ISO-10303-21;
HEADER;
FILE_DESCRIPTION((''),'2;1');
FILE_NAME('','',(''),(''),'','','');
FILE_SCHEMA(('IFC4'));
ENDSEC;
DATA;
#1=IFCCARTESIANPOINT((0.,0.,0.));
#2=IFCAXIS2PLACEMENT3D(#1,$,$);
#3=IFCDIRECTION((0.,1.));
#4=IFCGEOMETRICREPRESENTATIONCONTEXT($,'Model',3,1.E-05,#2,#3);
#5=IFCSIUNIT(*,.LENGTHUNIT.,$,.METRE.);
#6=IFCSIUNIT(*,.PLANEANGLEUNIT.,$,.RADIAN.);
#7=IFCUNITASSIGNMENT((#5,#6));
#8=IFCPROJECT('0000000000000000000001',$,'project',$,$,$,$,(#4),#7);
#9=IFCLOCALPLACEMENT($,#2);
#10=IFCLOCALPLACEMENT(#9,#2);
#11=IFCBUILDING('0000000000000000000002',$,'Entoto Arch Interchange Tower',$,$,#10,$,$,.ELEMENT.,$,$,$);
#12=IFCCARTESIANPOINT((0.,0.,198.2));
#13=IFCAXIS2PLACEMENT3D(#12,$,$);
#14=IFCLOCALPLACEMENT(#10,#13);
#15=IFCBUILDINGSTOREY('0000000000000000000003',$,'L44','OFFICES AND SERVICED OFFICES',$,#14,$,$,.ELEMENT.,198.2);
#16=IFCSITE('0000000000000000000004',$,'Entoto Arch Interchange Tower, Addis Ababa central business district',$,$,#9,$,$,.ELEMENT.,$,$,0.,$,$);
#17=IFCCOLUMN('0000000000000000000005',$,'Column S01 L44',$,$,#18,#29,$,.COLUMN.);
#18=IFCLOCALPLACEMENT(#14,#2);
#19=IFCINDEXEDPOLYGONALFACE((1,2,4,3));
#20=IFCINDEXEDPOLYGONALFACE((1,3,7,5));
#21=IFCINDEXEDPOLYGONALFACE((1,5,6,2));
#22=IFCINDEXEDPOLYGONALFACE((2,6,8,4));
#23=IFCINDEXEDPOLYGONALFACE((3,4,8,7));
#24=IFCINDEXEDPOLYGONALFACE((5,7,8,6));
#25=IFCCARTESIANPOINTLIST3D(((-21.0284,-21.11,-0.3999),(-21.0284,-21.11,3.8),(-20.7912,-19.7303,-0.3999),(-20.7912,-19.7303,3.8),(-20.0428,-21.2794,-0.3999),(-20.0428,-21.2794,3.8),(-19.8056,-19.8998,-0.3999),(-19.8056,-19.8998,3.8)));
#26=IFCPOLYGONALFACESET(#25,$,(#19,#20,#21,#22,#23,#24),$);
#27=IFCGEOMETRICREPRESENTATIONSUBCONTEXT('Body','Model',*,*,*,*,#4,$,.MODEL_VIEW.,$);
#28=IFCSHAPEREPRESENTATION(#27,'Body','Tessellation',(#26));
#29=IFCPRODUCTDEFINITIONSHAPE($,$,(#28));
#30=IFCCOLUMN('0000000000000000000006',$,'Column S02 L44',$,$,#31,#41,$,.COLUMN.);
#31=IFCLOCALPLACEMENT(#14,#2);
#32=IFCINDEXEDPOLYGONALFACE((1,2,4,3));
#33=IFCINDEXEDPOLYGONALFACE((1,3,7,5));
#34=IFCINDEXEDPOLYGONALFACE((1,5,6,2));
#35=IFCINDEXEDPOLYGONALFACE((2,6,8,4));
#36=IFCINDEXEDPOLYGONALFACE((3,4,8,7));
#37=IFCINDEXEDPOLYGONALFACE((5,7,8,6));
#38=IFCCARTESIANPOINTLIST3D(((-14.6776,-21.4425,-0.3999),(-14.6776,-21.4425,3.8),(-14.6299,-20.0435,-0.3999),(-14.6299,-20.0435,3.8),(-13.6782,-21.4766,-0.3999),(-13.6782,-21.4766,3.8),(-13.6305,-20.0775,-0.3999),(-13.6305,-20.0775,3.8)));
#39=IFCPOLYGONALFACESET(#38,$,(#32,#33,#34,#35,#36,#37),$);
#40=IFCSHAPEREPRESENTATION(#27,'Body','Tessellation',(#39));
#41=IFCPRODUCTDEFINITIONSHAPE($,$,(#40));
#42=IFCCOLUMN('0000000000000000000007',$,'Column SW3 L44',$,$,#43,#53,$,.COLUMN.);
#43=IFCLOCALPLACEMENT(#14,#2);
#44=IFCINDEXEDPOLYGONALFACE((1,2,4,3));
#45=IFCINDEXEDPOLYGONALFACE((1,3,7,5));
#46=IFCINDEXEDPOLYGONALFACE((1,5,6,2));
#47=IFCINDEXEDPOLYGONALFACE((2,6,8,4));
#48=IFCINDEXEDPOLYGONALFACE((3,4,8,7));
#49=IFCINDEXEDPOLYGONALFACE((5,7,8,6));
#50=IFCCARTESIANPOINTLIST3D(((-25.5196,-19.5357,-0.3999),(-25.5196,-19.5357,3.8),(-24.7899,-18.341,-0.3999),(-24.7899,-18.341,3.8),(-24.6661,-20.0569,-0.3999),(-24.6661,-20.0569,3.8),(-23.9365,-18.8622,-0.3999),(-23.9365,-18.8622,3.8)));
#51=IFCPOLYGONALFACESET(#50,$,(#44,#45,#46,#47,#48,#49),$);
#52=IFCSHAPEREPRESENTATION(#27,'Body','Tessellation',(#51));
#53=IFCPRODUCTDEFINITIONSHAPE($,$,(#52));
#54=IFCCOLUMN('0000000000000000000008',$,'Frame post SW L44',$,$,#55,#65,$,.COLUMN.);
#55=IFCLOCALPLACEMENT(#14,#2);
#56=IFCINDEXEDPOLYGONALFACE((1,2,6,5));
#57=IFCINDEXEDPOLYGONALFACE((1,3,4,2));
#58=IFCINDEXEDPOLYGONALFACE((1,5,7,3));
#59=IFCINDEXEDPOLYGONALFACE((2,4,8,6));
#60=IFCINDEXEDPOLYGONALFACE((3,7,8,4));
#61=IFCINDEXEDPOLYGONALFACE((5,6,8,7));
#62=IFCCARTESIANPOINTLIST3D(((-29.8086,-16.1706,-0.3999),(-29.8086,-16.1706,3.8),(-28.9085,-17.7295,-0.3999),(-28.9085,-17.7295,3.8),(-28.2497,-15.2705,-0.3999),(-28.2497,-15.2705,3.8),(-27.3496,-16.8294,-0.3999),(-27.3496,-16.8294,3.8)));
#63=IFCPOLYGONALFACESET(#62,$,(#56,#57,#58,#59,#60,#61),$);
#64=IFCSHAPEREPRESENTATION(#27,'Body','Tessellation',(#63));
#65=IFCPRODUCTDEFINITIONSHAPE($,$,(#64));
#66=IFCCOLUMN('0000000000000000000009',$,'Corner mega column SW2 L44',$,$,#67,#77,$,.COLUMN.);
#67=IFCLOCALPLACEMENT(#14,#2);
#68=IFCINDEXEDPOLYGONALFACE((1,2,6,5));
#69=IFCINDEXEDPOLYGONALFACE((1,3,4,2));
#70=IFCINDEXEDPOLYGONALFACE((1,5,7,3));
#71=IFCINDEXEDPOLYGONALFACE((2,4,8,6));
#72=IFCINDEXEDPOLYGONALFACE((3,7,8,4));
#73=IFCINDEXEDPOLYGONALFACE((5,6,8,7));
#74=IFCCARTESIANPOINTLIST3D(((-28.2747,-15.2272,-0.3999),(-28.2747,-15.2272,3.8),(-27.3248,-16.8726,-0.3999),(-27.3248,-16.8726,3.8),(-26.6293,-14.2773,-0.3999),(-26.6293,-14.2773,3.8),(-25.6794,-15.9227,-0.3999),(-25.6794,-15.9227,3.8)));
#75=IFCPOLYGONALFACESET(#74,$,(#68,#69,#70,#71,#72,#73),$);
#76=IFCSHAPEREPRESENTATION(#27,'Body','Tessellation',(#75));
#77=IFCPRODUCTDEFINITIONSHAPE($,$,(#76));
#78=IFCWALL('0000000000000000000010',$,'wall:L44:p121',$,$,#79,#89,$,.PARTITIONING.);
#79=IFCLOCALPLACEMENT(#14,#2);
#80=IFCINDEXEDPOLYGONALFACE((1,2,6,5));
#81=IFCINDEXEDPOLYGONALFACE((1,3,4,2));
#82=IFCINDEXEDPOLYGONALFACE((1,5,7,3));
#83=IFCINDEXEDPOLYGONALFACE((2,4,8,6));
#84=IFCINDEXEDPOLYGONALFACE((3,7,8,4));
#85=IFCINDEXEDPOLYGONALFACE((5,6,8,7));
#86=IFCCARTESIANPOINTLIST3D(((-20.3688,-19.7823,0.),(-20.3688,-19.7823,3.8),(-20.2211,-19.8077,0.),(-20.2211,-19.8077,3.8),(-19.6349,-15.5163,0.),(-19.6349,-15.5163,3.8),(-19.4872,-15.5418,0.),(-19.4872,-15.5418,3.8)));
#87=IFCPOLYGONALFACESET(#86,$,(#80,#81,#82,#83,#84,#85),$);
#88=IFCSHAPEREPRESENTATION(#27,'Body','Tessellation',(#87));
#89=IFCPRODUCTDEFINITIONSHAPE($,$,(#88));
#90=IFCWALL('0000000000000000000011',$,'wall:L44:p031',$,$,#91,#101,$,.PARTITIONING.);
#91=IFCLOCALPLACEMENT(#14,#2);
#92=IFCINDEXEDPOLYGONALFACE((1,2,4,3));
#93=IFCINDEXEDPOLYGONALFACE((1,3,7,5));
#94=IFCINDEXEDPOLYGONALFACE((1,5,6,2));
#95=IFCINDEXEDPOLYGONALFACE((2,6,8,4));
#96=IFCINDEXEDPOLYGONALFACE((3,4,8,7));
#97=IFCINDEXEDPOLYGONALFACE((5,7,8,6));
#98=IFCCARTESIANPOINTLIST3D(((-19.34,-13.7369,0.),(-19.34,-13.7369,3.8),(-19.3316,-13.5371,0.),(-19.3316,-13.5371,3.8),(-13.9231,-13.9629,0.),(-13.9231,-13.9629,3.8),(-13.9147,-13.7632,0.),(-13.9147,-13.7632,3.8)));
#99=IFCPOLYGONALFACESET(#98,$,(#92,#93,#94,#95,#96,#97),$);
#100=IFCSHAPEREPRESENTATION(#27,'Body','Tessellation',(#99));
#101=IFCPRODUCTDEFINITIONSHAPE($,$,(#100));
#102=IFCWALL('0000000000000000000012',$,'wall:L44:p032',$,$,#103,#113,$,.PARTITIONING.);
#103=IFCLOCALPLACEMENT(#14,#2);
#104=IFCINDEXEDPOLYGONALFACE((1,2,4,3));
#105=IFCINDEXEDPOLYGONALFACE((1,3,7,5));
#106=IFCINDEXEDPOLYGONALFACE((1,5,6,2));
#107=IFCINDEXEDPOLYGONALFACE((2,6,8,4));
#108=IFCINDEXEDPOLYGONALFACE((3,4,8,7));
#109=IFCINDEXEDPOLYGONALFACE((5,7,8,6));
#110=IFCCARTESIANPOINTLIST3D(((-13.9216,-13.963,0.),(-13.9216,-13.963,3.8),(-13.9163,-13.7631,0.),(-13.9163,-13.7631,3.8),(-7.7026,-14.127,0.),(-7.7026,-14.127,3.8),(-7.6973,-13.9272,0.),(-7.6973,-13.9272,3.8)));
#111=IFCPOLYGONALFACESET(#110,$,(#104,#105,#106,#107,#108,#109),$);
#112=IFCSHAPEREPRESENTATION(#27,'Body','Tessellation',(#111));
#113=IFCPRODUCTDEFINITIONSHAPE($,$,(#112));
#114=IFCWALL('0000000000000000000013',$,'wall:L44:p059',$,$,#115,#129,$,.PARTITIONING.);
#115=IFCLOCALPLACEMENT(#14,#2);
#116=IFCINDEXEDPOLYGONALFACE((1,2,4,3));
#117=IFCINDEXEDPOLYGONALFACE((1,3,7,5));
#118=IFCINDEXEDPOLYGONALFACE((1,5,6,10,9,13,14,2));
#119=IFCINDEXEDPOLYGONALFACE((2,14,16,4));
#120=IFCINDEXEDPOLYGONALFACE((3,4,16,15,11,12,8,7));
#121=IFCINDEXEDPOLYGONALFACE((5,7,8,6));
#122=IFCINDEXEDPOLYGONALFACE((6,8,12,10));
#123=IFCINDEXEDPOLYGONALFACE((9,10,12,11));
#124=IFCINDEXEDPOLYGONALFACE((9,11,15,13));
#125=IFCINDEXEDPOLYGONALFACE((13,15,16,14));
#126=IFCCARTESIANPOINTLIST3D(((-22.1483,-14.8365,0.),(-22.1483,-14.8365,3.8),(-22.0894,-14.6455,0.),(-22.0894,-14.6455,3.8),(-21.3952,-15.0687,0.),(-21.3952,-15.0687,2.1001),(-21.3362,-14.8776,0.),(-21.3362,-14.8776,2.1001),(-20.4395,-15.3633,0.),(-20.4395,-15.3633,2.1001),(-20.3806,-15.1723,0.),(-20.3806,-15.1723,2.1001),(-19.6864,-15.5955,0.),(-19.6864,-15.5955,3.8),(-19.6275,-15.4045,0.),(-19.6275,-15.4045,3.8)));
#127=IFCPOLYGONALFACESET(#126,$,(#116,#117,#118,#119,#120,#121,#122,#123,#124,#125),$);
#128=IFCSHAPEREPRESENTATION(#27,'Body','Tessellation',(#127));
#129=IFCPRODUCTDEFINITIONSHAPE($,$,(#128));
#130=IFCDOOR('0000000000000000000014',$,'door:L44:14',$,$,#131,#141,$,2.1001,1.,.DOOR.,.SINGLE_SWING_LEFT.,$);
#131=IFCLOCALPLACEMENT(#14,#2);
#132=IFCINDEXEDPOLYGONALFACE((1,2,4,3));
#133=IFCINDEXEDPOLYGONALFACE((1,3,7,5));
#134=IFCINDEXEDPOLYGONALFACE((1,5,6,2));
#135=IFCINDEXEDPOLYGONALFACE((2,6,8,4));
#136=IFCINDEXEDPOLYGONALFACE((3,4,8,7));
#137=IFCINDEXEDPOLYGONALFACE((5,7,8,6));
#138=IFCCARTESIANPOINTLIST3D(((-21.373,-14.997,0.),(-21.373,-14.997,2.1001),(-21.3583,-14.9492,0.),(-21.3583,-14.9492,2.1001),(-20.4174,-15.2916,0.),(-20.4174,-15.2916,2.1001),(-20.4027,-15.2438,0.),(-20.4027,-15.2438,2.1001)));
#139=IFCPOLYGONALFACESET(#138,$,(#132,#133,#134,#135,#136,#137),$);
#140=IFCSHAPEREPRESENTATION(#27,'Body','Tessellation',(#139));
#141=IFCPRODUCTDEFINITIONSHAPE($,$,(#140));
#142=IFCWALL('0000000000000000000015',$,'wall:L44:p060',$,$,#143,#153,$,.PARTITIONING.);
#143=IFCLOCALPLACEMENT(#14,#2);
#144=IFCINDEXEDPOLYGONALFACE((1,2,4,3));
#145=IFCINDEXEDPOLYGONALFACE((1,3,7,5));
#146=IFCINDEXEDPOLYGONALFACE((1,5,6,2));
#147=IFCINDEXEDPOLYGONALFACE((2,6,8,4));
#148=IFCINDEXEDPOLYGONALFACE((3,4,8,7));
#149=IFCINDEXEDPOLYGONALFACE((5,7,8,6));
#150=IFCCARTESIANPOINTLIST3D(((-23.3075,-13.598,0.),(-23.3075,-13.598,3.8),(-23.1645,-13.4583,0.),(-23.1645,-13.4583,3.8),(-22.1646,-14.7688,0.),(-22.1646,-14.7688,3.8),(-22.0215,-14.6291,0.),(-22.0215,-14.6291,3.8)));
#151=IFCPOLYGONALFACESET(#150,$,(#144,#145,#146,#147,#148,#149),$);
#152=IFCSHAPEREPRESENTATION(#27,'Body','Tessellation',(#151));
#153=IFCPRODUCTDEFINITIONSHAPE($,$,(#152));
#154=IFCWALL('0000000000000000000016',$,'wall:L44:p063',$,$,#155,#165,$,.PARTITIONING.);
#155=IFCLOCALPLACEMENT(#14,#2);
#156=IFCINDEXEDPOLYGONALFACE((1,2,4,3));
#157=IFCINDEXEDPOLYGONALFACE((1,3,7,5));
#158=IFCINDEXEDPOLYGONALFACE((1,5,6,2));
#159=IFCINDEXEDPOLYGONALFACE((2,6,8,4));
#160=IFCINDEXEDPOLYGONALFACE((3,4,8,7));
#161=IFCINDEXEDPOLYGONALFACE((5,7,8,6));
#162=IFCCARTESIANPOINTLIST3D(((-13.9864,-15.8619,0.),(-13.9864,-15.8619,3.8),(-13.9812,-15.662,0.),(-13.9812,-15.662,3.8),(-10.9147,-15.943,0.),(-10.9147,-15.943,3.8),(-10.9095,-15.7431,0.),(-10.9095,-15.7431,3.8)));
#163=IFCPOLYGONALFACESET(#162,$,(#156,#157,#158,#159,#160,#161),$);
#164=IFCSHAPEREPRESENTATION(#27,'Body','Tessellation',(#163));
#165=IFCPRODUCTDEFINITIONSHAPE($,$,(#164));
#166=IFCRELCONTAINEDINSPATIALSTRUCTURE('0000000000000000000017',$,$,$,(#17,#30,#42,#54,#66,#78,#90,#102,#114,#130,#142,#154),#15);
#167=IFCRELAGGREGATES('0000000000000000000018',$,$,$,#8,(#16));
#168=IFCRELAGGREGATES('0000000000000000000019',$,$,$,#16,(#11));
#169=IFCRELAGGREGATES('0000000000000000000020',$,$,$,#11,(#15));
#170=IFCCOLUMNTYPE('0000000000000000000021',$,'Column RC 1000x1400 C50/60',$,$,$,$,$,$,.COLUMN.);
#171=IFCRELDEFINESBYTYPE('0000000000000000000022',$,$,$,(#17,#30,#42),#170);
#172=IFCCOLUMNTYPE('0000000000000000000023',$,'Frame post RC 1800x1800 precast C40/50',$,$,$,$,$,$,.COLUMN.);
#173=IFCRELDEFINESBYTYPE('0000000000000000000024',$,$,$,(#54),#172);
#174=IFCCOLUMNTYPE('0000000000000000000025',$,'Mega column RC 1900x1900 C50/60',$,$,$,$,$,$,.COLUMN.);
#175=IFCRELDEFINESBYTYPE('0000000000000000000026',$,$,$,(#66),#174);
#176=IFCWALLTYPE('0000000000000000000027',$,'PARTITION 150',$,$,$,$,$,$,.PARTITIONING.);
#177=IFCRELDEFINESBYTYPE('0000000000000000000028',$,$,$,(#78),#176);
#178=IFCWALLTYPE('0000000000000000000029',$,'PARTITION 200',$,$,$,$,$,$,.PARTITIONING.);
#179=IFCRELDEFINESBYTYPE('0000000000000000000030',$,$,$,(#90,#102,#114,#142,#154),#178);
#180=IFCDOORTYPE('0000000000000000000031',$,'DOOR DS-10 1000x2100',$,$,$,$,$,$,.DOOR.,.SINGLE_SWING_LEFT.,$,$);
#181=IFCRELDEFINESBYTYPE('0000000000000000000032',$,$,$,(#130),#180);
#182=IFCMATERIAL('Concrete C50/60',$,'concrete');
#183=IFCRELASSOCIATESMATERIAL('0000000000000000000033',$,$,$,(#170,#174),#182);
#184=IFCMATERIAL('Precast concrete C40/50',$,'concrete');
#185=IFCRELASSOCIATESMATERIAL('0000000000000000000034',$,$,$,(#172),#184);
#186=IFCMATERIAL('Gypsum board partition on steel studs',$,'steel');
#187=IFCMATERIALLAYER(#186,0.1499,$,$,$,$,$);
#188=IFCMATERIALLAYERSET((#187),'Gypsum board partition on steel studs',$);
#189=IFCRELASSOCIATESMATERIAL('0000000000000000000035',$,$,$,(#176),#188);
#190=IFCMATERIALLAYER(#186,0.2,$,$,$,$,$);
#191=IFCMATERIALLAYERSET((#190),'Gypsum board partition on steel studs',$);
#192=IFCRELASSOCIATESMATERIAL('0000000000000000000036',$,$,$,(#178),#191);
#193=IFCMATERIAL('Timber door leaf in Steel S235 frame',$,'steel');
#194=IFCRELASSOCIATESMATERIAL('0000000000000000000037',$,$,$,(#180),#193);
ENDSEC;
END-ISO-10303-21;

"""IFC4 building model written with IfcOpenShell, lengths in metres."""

from ifc_helpers import new_model, si_unit, direction, frame, frame_2d, origin, origin_2d, place, context, subcontext, project, spatial, rectangle, extrude, material, layer, layer_set, material_profile, profile_set, type_object, element, fill, save


model = new_model("IFC4")

# Units and contexts
model_context = context("Model", 3, precision=1e-05, world=origin(), true_north=direction((0.0, 1.0)))
body_context = subcontext(model_context, "Body", "Model", "MODEL_VIEW")
ifc_project = project(units=[si_unit("LENGTHUNIT", "METRE"), si_unit("PLANEANGLEUNIT", "RADIAN")], contexts=[model_context])

# Site, building, storey
site_placement = place(None, origin())
site = spatial("IfcSite", under=ifc_project, at=site_placement, Name="Entoto Arch Interchange Tower, Addis Ababa central business district", CompositionType="ELEMENT", RefElevation=0.0)
building_placement = place(site_placement, origin())
building = spatial("IfcBuilding", under=site, at=building_placement, Name="Entoto Arch Interchange Tower", CompositionType="ELEMENT")
storey_placement = place(building_placement, frame((0.0, 0.0, 198.2)))
storey = spatial("IfcBuildingStorey", under=building, at=storey_placement, Name="L44", Description="OFFICES AND SERVICED OFFICES", CompositionType="ELEMENT", Elevation=198.2)

# Columns
ifc_material_1 = material(Name="Concrete C50/60", Category="concrete")
ifc_material_profile_1 = material_profile(ifc_material_1, rectangle(XDim=1.0, YDim=1.3999, at=origin_2d()))
ifc_profile_set_1 = profile_set([ifc_material_profile_1], Name="Concrete C50/60")
column_type_1 = type_object("IfcColumnType", Name="Column RC 1000x1400 C50/60", PredefinedType="COLUMN", material=ifc_profile_set_1)
for number, where, z_axis, x_axis, name in (
    (1, (-20.417, -20.5049, -0.3999), (0.0, 0.0, 1.0), (-0.985541, 0.169436, 0.0), "Column S01 L44"),
    (2, (-14.1541, -20.76, -0.3999), (0.0, 0.0, 1.0), (-0.999421, 0.034027, 0.0), "Column S02 L44"),
    (3, (-24.728, -19.199, -0.3999), (0.0, 0.0, 1.0), (-0.853423, 0.521218, 0.0), "Column SW3 L44"),
):
    element("IfcColumn", number, at=place(storey_placement, frame(where, z_axis=z_axis, x_axis=x_axis)), inside=storey, type_object=column_type_1, Name=name, PredefinedType="COLUMN", context=body_context, shape_type="SweptSolid", body=[
        extrude(rectangle(XDim=1.0, YDim=1.3999, at=origin_2d()), origin(), (0.0, 0.0, 1.0), 4.2),
    ])
ifc_material_2 = material(Name="Precast concrete C40/50", Category="concrete")
ifc_material_profile_2 = material_profile(ifc_material_2, rectangle(XDim=1.8, YDim=1.8, at=origin_2d()))
ifc_profile_set_2 = profile_set([ifc_material_profile_2], Name="Precast concrete C40/50")
column_type_2 = type_object("IfcColumnType", Name="Frame post RC 1800x1800 precast C40/50", PredefinedType="COLUMN", material=ifc_profile_set_2)
column_1_placement = place(storey_placement, frame((-28.5791, -16.5, -0.3999), z_axis=(0.0, 0.0, 1.0), x_axis=(0.866025, 0.5, 0.0)))
element("IfcColumn", 4, at=column_1_placement, inside=storey, type_object=column_type_2, Name="Frame post SW L44", PredefinedType="COLUMN", context=body_context, shape_type="SweptSolid", body=[
    extrude(rectangle(XDim=1.8, YDim=1.8, at=origin_2d()), origin(), (0.0, 0.0, 1.0), 4.2),
])
ifc_material_profile_3 = material_profile(ifc_material_1, rectangle(XDim=1.8999, YDim=1.8999, at=origin_2d()))
ifc_profile_set_3 = profile_set([ifc_material_profile_3], Name="Concrete C50/60")
column_type_3 = type_object("IfcColumnType", Name="Mega column RC 1900x1900 C50/60", PredefinedType="COLUMN", material=ifc_profile_set_3)
column_2_placement = place(storey_placement, frame((-26.9771, -15.575, -0.3999), z_axis=(0.0, 0.0, 1.0), x_axis=(0.866025, 0.5, 0.0)))
element("IfcColumn", 5, at=column_2_placement, inside=storey, type_object=column_type_3, Name="Corner mega column SW2 L44", PredefinedType="COLUMN", context=body_context, shape_type="SweptSolid", body=[
    extrude(rectangle(XDim=1.8999, YDim=1.8999, at=origin_2d()), origin(), (0.0, 0.0, 1.0), 4.2),
])

# Walls
ifc_material_3 = material(Name="Gypsum board partition on steel studs", Category="steel")
ifc_layer_1 = layer(ifc_material_3, 0.1499)
ifc_layer_set_1 = layer_set([ifc_layer_1], Name="Gypsum board partition on steel studs")
wall_type_1 = type_object("IfcWallType", Name="PARTITION 150", PredefinedType="PARTITIONING", material=ifc_layer_set_1)
wall_1_placement = place(storey_placement, frame((-19.561, -15.5291, 0.0), z_axis=(0.0, 0.0, 1.0), x_axis=(-0.169546, -0.985522, 0.0)))
element("IfcWall", 6, at=wall_1_placement, inside=storey, type_object=wall_type_1, Name="wall:L44:p121", PredefinedType="PARTITIONING", context=body_context, shape_type="SweptSolid", body=[
    extrude(rectangle(XDim=4.3286, YDim=0.1499, at=frame_2d((2.1643, 0.0))), origin(), (0.0, 0.0, 1.0), 3.8),
])
ifc_layer_2 = layer(ifc_material_3, 0.2)
ifc_layer_set_2 = layer_set([ifc_layer_2], Name="Gypsum board partition on steel studs")
wall_type_2 = type_object("IfcWallType", Name="PARTITION 200", PredefinedType="PARTITIONING", material=ifc_layer_set_2)
wall_2_placement = place(storey_placement, frame((-19.3359, -13.637, 0.0), z_axis=(0.0, 0.0, 1.0), x_axis=(0.99913, -0.041698, 0.0)))
element("IfcWall", 7, at=wall_2_placement, inside=storey, type_object=wall_type_2, Name="wall:L44:p031", PredefinedType="PARTITIONING", context=body_context, shape_type="SweptSolid", body=[
    extrude(rectangle(XDim=5.4216, YDim=0.2, at=frame_2d((2.7109, 0.0))), origin(), (0.0, 0.0, 1.0), 3.8),
])
wall_3_placement = place(storey_placement, frame((-13.9189, -13.863, 0.0), z_axis=(0.0, 0.0, 1.0), x_axis=(0.999652, -0.026372, 0.0)))
element("IfcWall", 8, at=wall_3_placement, inside=storey, type_object=wall_type_2, Name="wall:L44:p032", PredefinedType="PARTITIONING", context=body_context, shape_type="SweptSolid", body=[
    extrude(rectangle(XDim=6.2212, YDim=0.2, at=frame_2d((3.1106, 0.0))), origin(), (0.0, 0.0, 1.0), 3.8),
])

# Wall, opening, door
wall_4_placement = place(storey_placement, frame((-19.657, -15.5, 0.0), z_axis=(0.0, 0.0, 1.0), x_axis=(-0.955613, 0.294625, 0.0)))
wall_4 = element("IfcWall", 9, at=wall_4_placement, inside=storey, type_object=wall_type_2, Name="wall:L44:p059", PredefinedType="PARTITIONING", context=body_context, shape_type="SweptSolid", body=[
    extrude(rectangle(XDim=2.5762, YDim=0.2, at=frame_2d((1.2881, 0.0))), origin(), (0.0, 0.0, 1.0), 3.8),
])
opening_1_placement = place(wall_4_placement, frame((0.7881, 0.0, 0.0)))
opening_1 = element("IfcOpeningElement", 10, at=opening_1_placement, cuts=wall_4, PredefinedType="OPENING", context=body_context, shape_type="SweptSolid", body=[
    extrude(rectangle(XDim=1.0, YDim=2.1001, at=frame_2d((0.5, 1.05))), frame((0.0, 0.1099, 0.0), z_axis=(0.0, -1.0, 0.0), x_axis=(1.0, 0.0, 0.0)), (0.0, 0.0, 1.0), 0.22),
])
ifc_material_4 = material(Name="Timber door leaf in Steel S235 frame", Category="steel")
door_type = type_object("IfcDoorType", Name="DOOR DS-10 1000x2100", OperationType="SINGLE_SWING_LEFT", PredefinedType="DOOR", material=ifc_material_4)
door_1_placement = place(opening_1_placement, origin())
door_1 = element("IfcDoor", 11, at=door_1_placement, inside=storey, type_object=door_type, Name="door:L44:14", OperationType="SINGLE_SWING_LEFT", OverallHeight=2.1001, OverallWidth=1.0, PredefinedType="DOOR", context=body_context, shape_type="SweptSolid", body=[
    extrude(rectangle(XDim=1.0, YDim=2.1001, at=frame_2d((0.5, 1.05))), frame((0.0, 0.0249, 0.0), z_axis=(0.0, -1.0, 0.0), x_axis=(1.0, 0.0, 0.0)), (0.0, 0.0, 1.0), 0.05),
])
fill(opening_1, door_1)

# Walls
wall_5_placement = place(storey_placement, frame((-22.093, -14.699, 0.0), z_axis=(0.0, 0.0, 1.0), x_axis=(-0.698551, 0.71556, 0.0)))
element("IfcWall", 12, at=wall_5_placement, inside=storey, type_object=wall_type_2, Name="wall:L44:p060", PredefinedType="PARTITIONING", context=body_context, shape_type="SweptSolid", body=[
    extrude(rectangle(XDim=1.6362, YDim=0.2, at=frame_2d((0.8181, 0.0))), origin(), (0.0, 0.0, 1.0), 3.8),
])
wall_6_placement = place(storey_placement, frame((-10.9121, -15.843, 0.0), z_axis=(0.0, 0.0, 1.0), x_axis=(-0.999652, 0.026378, 0.0)))
element("IfcWall", 13, at=wall_6_placement, inside=storey, type_object=wall_type_2, Name="wall:L44:p063", PredefinedType="PARTITIONING", context=body_context, shape_type="SweptSolid", body=[
    extrude(rectangle(XDim=3.0728, YDim=0.2, at=frame_2d((1.5364, 0.0))), origin(), (0.0, 0.0, 1.0), 3.8),
])

save(model, "model.ifc")
